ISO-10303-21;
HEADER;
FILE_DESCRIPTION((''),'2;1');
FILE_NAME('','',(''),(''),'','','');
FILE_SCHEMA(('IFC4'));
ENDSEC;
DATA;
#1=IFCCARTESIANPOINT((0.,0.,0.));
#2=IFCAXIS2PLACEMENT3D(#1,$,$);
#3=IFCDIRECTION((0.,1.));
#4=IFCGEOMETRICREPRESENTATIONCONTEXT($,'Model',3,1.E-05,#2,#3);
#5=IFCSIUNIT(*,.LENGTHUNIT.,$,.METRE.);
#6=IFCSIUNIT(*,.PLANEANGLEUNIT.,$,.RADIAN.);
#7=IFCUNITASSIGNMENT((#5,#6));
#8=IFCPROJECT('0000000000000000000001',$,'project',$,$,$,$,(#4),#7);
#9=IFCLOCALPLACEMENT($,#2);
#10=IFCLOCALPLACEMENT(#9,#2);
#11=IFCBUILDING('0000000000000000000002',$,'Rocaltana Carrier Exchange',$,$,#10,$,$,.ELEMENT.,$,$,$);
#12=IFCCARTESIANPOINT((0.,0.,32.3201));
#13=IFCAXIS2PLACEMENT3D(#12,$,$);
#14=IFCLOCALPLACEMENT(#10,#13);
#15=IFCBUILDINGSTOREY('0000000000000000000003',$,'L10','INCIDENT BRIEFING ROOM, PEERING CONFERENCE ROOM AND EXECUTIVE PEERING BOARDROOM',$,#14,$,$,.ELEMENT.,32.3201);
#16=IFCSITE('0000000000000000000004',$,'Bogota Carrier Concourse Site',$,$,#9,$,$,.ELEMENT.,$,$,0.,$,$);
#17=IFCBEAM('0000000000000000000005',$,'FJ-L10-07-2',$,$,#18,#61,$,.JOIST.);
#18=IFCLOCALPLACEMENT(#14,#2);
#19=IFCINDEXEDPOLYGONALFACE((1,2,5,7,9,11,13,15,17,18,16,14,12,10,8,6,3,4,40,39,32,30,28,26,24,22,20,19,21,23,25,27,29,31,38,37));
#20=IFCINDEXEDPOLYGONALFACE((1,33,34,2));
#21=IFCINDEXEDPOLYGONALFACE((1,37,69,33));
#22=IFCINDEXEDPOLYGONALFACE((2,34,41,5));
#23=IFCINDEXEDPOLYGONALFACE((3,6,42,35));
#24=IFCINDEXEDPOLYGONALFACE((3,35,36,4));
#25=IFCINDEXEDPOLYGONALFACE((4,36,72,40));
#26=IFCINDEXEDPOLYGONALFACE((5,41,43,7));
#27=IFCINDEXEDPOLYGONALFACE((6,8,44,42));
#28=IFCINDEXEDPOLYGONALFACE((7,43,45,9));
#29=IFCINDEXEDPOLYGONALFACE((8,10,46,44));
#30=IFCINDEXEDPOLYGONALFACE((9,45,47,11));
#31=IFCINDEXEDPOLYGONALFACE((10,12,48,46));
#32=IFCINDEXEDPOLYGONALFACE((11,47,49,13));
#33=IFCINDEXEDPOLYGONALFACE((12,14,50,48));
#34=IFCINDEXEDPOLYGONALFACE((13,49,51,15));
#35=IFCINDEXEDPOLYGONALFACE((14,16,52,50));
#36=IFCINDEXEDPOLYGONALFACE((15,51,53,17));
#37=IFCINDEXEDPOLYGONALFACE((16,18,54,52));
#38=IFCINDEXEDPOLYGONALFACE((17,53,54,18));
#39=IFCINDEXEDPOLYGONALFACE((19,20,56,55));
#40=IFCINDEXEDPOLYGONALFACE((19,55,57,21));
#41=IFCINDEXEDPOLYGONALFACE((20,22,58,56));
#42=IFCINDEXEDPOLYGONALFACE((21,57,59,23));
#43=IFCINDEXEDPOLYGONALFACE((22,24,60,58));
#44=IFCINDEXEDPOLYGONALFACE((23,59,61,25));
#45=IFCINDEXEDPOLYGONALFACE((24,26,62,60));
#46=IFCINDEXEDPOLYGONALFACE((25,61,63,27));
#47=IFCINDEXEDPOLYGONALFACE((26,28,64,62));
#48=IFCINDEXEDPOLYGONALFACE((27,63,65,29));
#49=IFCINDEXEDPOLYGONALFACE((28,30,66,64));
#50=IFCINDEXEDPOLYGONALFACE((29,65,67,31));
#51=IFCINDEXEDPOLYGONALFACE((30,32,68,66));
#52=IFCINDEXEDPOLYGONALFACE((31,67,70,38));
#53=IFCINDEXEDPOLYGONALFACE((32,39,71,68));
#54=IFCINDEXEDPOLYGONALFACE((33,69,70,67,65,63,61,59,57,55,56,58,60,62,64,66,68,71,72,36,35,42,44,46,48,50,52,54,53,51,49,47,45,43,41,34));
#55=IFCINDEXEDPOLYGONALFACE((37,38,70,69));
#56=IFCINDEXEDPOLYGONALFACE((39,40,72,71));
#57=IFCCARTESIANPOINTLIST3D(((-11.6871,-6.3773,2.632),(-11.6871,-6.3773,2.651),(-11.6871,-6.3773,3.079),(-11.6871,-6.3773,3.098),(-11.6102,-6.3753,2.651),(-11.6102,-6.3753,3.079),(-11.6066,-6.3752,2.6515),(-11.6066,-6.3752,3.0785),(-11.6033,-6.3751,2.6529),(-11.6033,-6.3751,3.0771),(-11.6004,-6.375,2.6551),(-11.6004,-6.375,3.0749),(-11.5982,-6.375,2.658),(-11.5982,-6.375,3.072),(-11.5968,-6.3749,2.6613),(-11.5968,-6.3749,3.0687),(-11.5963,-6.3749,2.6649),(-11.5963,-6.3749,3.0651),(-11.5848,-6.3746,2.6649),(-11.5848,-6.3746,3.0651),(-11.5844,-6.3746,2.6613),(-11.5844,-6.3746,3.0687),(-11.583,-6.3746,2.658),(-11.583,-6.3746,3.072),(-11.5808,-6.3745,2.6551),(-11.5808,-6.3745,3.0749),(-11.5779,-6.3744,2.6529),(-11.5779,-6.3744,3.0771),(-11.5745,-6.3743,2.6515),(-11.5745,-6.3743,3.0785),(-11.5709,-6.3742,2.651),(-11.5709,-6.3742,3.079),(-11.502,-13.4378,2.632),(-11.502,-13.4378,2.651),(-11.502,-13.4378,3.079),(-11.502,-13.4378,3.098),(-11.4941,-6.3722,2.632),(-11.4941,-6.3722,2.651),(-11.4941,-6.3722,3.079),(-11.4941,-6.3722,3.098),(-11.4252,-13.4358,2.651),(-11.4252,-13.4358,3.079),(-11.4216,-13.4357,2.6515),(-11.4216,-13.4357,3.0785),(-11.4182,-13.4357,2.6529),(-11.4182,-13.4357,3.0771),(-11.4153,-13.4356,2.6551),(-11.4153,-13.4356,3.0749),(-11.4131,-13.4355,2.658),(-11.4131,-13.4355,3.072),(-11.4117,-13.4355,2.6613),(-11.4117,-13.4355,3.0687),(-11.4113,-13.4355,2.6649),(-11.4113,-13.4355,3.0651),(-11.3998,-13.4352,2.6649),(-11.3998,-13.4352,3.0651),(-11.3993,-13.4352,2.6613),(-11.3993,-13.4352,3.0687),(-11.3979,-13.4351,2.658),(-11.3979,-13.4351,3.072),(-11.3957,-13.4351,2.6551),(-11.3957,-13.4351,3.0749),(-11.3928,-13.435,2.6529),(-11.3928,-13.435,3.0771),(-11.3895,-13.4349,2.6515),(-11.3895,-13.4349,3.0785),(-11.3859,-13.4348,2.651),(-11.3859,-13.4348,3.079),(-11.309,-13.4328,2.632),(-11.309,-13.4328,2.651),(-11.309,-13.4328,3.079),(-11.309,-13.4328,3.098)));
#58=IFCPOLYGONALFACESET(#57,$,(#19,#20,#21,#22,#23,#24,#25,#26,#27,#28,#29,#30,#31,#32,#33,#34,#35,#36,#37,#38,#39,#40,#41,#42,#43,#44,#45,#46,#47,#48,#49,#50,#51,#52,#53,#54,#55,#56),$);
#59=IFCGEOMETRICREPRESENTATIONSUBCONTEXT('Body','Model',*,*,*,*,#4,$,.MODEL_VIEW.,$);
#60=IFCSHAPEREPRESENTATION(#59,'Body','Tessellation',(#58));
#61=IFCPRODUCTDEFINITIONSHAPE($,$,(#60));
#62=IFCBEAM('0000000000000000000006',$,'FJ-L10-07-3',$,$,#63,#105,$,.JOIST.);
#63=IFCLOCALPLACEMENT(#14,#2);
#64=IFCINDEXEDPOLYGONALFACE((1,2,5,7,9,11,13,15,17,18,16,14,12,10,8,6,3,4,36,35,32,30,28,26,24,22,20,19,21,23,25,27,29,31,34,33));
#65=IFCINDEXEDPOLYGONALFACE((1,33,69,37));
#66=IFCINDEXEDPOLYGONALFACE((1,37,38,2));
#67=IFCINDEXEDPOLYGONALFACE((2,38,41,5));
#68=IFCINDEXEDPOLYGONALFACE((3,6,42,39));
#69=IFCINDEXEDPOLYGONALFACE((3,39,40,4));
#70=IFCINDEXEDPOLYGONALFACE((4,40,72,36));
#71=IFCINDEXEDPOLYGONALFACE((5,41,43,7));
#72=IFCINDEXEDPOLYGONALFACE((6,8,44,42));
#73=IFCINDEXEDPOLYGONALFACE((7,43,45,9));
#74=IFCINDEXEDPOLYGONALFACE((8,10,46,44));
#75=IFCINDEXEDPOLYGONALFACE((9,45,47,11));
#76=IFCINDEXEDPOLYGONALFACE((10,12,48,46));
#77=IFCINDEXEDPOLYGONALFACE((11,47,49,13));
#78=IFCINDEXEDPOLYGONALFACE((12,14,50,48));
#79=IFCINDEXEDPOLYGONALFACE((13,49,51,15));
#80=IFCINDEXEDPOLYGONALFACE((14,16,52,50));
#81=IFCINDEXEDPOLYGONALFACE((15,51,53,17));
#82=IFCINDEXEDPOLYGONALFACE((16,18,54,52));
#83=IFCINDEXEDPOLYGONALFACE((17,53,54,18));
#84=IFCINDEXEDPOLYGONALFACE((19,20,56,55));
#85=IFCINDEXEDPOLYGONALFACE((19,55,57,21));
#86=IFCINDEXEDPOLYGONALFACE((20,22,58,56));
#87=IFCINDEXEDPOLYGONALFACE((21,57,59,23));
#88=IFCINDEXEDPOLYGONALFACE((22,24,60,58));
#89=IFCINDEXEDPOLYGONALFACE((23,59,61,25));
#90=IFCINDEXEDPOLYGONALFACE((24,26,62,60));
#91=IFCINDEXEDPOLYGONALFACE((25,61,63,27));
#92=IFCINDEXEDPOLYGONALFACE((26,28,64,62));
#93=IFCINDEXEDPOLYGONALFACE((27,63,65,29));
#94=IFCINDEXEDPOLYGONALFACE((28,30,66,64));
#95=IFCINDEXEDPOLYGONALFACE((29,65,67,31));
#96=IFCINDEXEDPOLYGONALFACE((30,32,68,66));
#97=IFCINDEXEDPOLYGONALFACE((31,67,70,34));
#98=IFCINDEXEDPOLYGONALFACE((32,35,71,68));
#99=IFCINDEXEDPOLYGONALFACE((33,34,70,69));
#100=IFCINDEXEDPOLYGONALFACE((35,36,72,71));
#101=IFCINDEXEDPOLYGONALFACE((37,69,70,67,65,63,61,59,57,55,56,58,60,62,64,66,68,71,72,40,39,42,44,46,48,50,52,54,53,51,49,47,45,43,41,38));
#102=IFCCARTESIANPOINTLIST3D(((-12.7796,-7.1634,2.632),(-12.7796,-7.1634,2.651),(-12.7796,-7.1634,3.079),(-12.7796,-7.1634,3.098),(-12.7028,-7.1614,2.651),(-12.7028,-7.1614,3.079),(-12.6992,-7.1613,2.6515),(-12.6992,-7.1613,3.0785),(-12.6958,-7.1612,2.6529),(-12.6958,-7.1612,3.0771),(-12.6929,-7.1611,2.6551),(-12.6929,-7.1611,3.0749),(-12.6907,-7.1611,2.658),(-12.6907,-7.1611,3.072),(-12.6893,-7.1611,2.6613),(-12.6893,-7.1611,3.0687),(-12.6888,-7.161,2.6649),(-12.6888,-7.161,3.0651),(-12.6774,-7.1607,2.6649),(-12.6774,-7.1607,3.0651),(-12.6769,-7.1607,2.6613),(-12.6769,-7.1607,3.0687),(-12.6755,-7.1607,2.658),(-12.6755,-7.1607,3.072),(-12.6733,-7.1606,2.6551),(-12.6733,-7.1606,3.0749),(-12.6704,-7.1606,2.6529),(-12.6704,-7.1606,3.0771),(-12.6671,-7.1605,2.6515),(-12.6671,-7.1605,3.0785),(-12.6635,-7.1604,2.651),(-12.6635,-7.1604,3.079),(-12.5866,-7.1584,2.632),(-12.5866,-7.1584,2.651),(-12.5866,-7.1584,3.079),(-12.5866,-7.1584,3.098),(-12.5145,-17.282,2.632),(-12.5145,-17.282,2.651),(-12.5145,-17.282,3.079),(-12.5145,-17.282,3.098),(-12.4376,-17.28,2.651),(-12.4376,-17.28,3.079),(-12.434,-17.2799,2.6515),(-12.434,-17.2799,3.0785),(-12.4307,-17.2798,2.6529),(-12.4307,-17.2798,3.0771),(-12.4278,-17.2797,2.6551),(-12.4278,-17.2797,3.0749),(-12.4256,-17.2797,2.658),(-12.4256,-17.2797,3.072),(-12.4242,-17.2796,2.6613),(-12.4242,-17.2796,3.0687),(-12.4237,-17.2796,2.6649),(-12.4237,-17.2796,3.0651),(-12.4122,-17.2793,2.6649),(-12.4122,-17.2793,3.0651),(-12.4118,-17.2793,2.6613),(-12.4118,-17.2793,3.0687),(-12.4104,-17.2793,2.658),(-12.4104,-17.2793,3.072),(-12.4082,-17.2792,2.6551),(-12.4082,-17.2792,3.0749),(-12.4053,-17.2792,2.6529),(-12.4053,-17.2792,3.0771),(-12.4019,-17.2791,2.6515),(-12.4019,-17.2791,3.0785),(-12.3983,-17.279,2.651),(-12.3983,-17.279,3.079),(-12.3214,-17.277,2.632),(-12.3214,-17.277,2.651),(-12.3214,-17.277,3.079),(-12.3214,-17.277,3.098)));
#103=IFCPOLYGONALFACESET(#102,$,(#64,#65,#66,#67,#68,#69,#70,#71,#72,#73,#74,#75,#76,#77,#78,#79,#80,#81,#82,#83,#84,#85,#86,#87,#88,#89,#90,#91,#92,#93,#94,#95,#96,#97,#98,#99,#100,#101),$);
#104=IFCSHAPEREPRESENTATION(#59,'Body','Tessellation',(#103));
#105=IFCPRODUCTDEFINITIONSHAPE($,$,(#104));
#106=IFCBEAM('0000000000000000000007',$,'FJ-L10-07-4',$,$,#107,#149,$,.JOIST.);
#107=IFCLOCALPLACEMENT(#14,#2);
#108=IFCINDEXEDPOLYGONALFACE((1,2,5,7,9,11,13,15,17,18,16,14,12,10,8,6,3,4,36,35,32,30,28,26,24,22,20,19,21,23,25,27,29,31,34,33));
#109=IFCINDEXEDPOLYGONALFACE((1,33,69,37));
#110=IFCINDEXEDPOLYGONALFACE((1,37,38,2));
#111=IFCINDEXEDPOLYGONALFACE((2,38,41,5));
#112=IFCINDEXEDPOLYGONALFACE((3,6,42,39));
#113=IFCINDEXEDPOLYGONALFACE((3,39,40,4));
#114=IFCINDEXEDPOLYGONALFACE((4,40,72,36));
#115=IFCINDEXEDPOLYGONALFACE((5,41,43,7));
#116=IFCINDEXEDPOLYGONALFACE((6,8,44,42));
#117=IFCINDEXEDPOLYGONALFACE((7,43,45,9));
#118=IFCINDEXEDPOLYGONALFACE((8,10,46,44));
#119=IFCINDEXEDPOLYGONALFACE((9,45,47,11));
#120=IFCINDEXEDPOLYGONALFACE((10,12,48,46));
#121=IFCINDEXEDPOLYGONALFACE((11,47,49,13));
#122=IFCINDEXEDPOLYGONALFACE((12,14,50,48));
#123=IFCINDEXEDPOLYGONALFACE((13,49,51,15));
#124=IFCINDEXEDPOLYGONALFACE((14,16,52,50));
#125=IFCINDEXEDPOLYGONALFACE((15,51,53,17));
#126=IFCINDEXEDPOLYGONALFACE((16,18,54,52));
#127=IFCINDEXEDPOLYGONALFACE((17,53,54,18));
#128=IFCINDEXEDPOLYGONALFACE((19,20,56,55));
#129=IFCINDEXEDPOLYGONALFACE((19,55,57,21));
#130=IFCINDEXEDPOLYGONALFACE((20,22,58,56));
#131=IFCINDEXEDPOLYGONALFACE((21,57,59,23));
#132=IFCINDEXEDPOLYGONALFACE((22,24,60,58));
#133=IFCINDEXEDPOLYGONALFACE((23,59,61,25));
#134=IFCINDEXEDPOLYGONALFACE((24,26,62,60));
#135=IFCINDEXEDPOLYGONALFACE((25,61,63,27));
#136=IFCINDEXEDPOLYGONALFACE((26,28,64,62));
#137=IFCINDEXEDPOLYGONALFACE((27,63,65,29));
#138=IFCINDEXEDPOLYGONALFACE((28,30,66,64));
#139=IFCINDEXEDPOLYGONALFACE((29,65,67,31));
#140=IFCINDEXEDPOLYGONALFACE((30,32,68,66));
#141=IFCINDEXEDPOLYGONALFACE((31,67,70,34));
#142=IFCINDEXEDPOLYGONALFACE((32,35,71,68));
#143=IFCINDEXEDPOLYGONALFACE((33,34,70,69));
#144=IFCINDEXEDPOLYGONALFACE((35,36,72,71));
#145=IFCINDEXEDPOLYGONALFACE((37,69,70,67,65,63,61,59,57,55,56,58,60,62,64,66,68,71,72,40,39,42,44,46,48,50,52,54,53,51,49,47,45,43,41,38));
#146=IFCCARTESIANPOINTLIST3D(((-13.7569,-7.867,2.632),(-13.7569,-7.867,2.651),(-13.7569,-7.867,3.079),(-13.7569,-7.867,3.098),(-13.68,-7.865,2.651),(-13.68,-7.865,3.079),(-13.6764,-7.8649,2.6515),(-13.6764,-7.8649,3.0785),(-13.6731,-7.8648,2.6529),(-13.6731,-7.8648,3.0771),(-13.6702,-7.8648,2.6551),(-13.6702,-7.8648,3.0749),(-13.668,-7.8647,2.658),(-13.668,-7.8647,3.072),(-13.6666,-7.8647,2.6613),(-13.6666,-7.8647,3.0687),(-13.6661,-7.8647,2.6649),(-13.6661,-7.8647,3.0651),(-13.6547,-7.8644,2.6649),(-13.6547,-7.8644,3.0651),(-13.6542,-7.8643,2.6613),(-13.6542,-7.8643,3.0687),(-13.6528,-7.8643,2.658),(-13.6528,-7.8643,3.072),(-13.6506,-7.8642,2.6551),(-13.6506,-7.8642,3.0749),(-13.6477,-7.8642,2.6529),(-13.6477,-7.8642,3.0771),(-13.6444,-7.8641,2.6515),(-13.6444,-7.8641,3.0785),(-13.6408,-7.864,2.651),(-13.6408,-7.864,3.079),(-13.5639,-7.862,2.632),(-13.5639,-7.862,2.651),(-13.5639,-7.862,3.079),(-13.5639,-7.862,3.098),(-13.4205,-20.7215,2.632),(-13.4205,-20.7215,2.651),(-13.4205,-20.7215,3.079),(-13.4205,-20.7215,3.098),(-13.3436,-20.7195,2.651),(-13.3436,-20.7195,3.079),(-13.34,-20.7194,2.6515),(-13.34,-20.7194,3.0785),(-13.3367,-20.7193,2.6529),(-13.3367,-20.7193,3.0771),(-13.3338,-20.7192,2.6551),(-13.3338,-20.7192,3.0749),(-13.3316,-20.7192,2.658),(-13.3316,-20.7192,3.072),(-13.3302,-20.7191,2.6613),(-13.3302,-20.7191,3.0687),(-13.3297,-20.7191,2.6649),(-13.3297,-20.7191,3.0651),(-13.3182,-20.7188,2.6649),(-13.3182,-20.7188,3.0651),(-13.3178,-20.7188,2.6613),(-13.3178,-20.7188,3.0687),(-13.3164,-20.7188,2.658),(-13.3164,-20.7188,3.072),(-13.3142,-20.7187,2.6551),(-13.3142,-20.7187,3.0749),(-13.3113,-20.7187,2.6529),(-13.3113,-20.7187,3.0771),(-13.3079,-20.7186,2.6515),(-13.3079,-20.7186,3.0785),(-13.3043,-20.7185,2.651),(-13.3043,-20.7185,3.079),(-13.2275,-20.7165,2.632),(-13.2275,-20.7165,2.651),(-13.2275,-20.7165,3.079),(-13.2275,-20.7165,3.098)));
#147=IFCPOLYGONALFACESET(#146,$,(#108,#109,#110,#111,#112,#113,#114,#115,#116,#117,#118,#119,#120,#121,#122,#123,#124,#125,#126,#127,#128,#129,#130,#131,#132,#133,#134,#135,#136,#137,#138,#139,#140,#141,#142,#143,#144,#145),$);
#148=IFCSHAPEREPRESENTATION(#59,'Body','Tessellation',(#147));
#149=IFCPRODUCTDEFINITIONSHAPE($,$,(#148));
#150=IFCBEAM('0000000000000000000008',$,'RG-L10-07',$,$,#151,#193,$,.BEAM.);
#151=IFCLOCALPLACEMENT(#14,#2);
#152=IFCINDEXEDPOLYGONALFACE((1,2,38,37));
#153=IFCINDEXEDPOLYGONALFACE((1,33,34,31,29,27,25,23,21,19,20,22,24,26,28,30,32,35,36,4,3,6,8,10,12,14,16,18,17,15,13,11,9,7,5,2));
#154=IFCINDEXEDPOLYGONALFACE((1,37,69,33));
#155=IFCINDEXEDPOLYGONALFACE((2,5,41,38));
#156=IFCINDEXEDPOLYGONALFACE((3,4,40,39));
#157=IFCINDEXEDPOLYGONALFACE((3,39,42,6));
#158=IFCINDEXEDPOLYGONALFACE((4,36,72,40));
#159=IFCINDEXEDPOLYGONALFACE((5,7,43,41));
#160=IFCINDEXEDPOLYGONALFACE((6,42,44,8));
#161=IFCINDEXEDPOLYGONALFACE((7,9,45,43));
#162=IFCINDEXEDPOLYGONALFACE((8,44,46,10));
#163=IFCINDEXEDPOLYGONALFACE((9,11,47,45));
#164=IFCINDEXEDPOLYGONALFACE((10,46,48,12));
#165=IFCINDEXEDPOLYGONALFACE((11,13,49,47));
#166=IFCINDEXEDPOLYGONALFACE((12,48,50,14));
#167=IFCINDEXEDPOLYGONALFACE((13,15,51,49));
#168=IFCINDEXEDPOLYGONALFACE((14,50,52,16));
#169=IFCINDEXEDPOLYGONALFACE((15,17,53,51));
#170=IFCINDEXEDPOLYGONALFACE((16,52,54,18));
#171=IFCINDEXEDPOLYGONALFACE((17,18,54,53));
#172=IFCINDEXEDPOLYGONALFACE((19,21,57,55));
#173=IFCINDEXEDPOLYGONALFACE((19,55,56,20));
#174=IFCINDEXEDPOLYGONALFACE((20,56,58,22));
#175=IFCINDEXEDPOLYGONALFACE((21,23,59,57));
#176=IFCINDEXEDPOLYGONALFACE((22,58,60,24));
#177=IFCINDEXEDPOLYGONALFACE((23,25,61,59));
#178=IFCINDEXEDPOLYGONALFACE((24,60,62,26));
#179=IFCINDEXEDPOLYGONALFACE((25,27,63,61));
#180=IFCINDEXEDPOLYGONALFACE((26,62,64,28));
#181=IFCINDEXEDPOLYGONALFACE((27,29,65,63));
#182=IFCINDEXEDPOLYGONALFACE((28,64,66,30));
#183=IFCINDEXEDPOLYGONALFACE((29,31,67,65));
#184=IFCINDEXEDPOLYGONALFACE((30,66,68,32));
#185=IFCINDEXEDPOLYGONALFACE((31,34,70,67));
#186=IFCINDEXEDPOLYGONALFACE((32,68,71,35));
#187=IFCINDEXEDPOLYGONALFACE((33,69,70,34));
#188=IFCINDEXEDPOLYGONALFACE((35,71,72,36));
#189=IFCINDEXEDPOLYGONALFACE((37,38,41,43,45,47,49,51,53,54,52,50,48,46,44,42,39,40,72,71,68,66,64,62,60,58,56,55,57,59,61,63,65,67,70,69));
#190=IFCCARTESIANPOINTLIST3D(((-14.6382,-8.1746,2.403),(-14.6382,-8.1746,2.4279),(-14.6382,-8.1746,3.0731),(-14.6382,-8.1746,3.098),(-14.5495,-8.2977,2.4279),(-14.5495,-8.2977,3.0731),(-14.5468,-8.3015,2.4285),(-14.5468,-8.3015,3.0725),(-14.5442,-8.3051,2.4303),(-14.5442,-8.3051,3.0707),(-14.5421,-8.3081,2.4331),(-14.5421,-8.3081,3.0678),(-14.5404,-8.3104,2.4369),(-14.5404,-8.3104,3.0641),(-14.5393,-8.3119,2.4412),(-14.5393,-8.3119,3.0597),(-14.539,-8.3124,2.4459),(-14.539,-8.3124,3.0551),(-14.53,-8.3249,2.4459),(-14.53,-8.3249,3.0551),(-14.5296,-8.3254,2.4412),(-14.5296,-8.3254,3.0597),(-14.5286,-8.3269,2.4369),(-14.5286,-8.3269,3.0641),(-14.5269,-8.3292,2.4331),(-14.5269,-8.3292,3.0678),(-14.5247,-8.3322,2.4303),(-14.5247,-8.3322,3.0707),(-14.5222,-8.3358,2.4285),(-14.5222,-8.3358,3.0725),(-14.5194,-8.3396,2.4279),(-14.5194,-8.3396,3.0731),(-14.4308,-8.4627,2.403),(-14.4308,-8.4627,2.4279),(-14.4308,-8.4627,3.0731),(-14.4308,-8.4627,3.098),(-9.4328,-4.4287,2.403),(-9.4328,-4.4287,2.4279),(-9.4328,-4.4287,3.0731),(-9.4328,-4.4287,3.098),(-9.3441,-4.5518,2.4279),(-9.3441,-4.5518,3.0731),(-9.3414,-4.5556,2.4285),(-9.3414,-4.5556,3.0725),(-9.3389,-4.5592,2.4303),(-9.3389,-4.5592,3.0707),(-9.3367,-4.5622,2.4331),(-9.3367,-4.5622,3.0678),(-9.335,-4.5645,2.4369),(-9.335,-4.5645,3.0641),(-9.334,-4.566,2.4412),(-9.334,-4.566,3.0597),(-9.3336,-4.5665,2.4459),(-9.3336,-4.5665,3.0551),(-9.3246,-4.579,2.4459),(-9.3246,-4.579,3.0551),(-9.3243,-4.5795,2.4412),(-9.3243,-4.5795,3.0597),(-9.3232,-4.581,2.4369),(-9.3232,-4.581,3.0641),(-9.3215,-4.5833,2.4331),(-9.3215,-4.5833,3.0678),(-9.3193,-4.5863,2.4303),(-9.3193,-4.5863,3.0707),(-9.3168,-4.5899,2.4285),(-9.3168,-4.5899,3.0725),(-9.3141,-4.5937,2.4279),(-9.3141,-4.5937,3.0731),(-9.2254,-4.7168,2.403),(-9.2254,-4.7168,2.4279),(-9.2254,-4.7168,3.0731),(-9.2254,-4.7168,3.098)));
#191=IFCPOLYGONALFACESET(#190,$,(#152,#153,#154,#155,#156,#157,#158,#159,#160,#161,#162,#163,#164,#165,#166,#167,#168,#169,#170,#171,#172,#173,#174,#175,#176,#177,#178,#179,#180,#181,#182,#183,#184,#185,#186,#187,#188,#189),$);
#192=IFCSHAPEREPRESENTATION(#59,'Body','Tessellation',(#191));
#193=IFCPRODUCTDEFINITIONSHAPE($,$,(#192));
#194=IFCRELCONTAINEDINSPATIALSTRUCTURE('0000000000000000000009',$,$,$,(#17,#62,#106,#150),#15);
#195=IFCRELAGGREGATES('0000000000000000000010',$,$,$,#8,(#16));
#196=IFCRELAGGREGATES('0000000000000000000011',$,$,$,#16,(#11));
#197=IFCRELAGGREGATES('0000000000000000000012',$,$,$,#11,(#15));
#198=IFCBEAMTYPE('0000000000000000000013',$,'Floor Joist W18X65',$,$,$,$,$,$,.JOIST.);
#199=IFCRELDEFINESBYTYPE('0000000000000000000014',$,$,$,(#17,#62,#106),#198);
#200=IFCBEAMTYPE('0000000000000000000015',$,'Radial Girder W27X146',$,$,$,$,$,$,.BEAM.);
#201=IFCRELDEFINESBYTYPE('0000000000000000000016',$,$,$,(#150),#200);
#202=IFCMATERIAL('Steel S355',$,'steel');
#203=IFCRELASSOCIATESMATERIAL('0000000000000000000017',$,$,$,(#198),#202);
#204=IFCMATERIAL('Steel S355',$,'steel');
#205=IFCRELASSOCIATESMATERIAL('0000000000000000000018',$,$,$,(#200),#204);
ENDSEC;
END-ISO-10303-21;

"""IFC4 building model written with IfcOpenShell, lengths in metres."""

from ifc_helpers import new_model, si_unit, direction, frame, origin, origin_2d, place, context, subcontext, project, spatial, i_section, extrude, material, material_profile, profile_set, type_object, element, save


model = new_model("IFC4")

# Units and contexts
model_context = context("Model", 3, precision=1e-05, world=origin(), true_north=direction((0.0, 1.0)))
body_context = subcontext(model_context, "Body", "Model", "MODEL_VIEW")
ifc_project = project(units=[si_unit("LENGTHUNIT", "METRE"), si_unit("PLANEANGLEUNIT", "RADIAN")], contexts=[model_context])

# Site, building, storey
site_placement = place(None, origin())
site = spatial("IfcSite", under=ifc_project, at=site_placement, Name="Bogota Carrier Concourse Site", CompositionType="ELEMENT", RefElevation=0.0)
building_placement = place(site_placement, origin())
building = spatial("IfcBuilding", under=site, at=building_placement, Name="Rocaltana Carrier Exchange", CompositionType="ELEMENT")
storey_placement = place(building_placement, frame((0.0, 0.0, 32.3201)))
storey = spatial("IfcBuildingStorey", under=building, at=storey_placement, Name="L10", Description="INCIDENT BRIEFING ROOM, PEERING CONFERENCE ROOM AND EXECUTIVE PEERING BOARDROOM", CompositionType="ELEMENT", Elevation=32.3201)

# Beams
ifc_material_1 = material(Name="Steel S355", Category="steel")
ifc_material_profile_1 = material_profile(ifc_material_1, i_section(OverallWidth=0.1931, OverallDepth=0.4661, WebThickness=0.0115, FlangeThickness=0.019, FilletRadius=0.0139, at=origin_2d()), Name="W18X65")
ifc_profile_set_1 = profile_set([ifc_material_profile_1], Name="Steel S355")
beam_type_1 = type_object("IfcBeamType", Name="Floor Joist W18X65", PredefinedType="JOIST", material=ifc_profile_set_1)
beam_1_placement = place(storey_placement, frame((-11.5906, -6.3748, 2.865), z_axis=(0.026201, -0.999657, 0.0), x_axis=(0.999657, 0.026201, 0.0)))
element("IfcBeam", 1, at=beam_1_placement, inside=storey, type_object=beam_type_1, Name="FJ-L10-07-2", PredefinedType="JOIST", context=body_context, shape_type="SweptSolid", body=[
    extrude(i_section(OverallWidth=0.1931, OverallDepth=0.4661, WebThickness=0.0115, FlangeThickness=0.019, FilletRadius=0.0139, at=origin_2d()), origin(), (0.0, 0.0, 1.0), 7.063),
])
beam_2_placement = place(storey_placement, frame((-12.6831, -7.1609, 2.865), z_axis=(0.026194, -0.999657, 0.0), x_axis=(0.999657, 0.026194, 0.0)))
element("IfcBeam", 2, at=beam_2_placement, inside=storey, type_object=beam_type_1, Name="FJ-L10-07-3", PredefinedType="JOIST", context=body_context, shape_type="SweptSolid", body=[
    extrude(i_section(OverallWidth=0.1931, OverallDepth=0.4661, WebThickness=0.0115, FlangeThickness=0.019, FilletRadius=0.0139, at=origin_2d()), origin(), (0.0, 0.0, 1.0), 10.1221),
])
beam_3_placement = place(storey_placement, frame((-13.6604, -7.8645, 2.865), z_axis=(0.026163, -0.999658, 0.0), x_axis=(0.999658, 0.026163, 0.0)))
element("IfcBeam", 3, at=beam_3_placement, inside=storey, type_object=beam_type_1, Name="FJ-L10-07-4", PredefinedType="JOIST", context=body_context, shape_type="SweptSolid", body=[
    extrude(i_section(OverallWidth=0.1931, OverallDepth=0.4661, WebThickness=0.0115, FlangeThickness=0.019, FilletRadius=0.0139, at=origin_2d()), origin(), (0.0, 0.0, 1.0), 12.8589),
])
ifc_material_2 = material(Name="Steel S355", Category="steel")
ifc_material_profile_2 = material_profile(ifc_material_2, i_section(OverallWidth=0.355, OverallDepth=0.6951, WebThickness=0.0154, FlangeThickness=0.0249, FilletRadius=0.0181, at=origin_2d()), Name="W27X146")
ifc_profile_set_2 = profile_set([ifc_material_profile_2], Name="Steel S355")
beam_type_2 = type_object("IfcBeamType", Name="Radial Girder W27X146", PredefinedType="BEAM", material=ifc_profile_set_2)
beam_4_placement = place(storey_placement, frame((-9.3291, -4.5728, 2.7505), z_axis=(-0.811681, -0.584101, 0.0), x_axis=(0.584101, -0.811681, 0.0)))
element("IfcBeam", 4, at=beam_4_placement, inside=storey, type_object=beam_type_2, Name="RG-L10-07", PredefinedType="BEAM", context=body_context, shape_type="SweptSolid", body=[
    extrude(i_section(OverallWidth=0.355, OverallDepth=0.6951, WebThickness=0.0154, FlangeThickness=0.0249, FilletRadius=0.0181, at=origin_2d()), origin(), (0.0, 0.0, 1.0), 6.4131),
])

save(model, "model.ifc")
